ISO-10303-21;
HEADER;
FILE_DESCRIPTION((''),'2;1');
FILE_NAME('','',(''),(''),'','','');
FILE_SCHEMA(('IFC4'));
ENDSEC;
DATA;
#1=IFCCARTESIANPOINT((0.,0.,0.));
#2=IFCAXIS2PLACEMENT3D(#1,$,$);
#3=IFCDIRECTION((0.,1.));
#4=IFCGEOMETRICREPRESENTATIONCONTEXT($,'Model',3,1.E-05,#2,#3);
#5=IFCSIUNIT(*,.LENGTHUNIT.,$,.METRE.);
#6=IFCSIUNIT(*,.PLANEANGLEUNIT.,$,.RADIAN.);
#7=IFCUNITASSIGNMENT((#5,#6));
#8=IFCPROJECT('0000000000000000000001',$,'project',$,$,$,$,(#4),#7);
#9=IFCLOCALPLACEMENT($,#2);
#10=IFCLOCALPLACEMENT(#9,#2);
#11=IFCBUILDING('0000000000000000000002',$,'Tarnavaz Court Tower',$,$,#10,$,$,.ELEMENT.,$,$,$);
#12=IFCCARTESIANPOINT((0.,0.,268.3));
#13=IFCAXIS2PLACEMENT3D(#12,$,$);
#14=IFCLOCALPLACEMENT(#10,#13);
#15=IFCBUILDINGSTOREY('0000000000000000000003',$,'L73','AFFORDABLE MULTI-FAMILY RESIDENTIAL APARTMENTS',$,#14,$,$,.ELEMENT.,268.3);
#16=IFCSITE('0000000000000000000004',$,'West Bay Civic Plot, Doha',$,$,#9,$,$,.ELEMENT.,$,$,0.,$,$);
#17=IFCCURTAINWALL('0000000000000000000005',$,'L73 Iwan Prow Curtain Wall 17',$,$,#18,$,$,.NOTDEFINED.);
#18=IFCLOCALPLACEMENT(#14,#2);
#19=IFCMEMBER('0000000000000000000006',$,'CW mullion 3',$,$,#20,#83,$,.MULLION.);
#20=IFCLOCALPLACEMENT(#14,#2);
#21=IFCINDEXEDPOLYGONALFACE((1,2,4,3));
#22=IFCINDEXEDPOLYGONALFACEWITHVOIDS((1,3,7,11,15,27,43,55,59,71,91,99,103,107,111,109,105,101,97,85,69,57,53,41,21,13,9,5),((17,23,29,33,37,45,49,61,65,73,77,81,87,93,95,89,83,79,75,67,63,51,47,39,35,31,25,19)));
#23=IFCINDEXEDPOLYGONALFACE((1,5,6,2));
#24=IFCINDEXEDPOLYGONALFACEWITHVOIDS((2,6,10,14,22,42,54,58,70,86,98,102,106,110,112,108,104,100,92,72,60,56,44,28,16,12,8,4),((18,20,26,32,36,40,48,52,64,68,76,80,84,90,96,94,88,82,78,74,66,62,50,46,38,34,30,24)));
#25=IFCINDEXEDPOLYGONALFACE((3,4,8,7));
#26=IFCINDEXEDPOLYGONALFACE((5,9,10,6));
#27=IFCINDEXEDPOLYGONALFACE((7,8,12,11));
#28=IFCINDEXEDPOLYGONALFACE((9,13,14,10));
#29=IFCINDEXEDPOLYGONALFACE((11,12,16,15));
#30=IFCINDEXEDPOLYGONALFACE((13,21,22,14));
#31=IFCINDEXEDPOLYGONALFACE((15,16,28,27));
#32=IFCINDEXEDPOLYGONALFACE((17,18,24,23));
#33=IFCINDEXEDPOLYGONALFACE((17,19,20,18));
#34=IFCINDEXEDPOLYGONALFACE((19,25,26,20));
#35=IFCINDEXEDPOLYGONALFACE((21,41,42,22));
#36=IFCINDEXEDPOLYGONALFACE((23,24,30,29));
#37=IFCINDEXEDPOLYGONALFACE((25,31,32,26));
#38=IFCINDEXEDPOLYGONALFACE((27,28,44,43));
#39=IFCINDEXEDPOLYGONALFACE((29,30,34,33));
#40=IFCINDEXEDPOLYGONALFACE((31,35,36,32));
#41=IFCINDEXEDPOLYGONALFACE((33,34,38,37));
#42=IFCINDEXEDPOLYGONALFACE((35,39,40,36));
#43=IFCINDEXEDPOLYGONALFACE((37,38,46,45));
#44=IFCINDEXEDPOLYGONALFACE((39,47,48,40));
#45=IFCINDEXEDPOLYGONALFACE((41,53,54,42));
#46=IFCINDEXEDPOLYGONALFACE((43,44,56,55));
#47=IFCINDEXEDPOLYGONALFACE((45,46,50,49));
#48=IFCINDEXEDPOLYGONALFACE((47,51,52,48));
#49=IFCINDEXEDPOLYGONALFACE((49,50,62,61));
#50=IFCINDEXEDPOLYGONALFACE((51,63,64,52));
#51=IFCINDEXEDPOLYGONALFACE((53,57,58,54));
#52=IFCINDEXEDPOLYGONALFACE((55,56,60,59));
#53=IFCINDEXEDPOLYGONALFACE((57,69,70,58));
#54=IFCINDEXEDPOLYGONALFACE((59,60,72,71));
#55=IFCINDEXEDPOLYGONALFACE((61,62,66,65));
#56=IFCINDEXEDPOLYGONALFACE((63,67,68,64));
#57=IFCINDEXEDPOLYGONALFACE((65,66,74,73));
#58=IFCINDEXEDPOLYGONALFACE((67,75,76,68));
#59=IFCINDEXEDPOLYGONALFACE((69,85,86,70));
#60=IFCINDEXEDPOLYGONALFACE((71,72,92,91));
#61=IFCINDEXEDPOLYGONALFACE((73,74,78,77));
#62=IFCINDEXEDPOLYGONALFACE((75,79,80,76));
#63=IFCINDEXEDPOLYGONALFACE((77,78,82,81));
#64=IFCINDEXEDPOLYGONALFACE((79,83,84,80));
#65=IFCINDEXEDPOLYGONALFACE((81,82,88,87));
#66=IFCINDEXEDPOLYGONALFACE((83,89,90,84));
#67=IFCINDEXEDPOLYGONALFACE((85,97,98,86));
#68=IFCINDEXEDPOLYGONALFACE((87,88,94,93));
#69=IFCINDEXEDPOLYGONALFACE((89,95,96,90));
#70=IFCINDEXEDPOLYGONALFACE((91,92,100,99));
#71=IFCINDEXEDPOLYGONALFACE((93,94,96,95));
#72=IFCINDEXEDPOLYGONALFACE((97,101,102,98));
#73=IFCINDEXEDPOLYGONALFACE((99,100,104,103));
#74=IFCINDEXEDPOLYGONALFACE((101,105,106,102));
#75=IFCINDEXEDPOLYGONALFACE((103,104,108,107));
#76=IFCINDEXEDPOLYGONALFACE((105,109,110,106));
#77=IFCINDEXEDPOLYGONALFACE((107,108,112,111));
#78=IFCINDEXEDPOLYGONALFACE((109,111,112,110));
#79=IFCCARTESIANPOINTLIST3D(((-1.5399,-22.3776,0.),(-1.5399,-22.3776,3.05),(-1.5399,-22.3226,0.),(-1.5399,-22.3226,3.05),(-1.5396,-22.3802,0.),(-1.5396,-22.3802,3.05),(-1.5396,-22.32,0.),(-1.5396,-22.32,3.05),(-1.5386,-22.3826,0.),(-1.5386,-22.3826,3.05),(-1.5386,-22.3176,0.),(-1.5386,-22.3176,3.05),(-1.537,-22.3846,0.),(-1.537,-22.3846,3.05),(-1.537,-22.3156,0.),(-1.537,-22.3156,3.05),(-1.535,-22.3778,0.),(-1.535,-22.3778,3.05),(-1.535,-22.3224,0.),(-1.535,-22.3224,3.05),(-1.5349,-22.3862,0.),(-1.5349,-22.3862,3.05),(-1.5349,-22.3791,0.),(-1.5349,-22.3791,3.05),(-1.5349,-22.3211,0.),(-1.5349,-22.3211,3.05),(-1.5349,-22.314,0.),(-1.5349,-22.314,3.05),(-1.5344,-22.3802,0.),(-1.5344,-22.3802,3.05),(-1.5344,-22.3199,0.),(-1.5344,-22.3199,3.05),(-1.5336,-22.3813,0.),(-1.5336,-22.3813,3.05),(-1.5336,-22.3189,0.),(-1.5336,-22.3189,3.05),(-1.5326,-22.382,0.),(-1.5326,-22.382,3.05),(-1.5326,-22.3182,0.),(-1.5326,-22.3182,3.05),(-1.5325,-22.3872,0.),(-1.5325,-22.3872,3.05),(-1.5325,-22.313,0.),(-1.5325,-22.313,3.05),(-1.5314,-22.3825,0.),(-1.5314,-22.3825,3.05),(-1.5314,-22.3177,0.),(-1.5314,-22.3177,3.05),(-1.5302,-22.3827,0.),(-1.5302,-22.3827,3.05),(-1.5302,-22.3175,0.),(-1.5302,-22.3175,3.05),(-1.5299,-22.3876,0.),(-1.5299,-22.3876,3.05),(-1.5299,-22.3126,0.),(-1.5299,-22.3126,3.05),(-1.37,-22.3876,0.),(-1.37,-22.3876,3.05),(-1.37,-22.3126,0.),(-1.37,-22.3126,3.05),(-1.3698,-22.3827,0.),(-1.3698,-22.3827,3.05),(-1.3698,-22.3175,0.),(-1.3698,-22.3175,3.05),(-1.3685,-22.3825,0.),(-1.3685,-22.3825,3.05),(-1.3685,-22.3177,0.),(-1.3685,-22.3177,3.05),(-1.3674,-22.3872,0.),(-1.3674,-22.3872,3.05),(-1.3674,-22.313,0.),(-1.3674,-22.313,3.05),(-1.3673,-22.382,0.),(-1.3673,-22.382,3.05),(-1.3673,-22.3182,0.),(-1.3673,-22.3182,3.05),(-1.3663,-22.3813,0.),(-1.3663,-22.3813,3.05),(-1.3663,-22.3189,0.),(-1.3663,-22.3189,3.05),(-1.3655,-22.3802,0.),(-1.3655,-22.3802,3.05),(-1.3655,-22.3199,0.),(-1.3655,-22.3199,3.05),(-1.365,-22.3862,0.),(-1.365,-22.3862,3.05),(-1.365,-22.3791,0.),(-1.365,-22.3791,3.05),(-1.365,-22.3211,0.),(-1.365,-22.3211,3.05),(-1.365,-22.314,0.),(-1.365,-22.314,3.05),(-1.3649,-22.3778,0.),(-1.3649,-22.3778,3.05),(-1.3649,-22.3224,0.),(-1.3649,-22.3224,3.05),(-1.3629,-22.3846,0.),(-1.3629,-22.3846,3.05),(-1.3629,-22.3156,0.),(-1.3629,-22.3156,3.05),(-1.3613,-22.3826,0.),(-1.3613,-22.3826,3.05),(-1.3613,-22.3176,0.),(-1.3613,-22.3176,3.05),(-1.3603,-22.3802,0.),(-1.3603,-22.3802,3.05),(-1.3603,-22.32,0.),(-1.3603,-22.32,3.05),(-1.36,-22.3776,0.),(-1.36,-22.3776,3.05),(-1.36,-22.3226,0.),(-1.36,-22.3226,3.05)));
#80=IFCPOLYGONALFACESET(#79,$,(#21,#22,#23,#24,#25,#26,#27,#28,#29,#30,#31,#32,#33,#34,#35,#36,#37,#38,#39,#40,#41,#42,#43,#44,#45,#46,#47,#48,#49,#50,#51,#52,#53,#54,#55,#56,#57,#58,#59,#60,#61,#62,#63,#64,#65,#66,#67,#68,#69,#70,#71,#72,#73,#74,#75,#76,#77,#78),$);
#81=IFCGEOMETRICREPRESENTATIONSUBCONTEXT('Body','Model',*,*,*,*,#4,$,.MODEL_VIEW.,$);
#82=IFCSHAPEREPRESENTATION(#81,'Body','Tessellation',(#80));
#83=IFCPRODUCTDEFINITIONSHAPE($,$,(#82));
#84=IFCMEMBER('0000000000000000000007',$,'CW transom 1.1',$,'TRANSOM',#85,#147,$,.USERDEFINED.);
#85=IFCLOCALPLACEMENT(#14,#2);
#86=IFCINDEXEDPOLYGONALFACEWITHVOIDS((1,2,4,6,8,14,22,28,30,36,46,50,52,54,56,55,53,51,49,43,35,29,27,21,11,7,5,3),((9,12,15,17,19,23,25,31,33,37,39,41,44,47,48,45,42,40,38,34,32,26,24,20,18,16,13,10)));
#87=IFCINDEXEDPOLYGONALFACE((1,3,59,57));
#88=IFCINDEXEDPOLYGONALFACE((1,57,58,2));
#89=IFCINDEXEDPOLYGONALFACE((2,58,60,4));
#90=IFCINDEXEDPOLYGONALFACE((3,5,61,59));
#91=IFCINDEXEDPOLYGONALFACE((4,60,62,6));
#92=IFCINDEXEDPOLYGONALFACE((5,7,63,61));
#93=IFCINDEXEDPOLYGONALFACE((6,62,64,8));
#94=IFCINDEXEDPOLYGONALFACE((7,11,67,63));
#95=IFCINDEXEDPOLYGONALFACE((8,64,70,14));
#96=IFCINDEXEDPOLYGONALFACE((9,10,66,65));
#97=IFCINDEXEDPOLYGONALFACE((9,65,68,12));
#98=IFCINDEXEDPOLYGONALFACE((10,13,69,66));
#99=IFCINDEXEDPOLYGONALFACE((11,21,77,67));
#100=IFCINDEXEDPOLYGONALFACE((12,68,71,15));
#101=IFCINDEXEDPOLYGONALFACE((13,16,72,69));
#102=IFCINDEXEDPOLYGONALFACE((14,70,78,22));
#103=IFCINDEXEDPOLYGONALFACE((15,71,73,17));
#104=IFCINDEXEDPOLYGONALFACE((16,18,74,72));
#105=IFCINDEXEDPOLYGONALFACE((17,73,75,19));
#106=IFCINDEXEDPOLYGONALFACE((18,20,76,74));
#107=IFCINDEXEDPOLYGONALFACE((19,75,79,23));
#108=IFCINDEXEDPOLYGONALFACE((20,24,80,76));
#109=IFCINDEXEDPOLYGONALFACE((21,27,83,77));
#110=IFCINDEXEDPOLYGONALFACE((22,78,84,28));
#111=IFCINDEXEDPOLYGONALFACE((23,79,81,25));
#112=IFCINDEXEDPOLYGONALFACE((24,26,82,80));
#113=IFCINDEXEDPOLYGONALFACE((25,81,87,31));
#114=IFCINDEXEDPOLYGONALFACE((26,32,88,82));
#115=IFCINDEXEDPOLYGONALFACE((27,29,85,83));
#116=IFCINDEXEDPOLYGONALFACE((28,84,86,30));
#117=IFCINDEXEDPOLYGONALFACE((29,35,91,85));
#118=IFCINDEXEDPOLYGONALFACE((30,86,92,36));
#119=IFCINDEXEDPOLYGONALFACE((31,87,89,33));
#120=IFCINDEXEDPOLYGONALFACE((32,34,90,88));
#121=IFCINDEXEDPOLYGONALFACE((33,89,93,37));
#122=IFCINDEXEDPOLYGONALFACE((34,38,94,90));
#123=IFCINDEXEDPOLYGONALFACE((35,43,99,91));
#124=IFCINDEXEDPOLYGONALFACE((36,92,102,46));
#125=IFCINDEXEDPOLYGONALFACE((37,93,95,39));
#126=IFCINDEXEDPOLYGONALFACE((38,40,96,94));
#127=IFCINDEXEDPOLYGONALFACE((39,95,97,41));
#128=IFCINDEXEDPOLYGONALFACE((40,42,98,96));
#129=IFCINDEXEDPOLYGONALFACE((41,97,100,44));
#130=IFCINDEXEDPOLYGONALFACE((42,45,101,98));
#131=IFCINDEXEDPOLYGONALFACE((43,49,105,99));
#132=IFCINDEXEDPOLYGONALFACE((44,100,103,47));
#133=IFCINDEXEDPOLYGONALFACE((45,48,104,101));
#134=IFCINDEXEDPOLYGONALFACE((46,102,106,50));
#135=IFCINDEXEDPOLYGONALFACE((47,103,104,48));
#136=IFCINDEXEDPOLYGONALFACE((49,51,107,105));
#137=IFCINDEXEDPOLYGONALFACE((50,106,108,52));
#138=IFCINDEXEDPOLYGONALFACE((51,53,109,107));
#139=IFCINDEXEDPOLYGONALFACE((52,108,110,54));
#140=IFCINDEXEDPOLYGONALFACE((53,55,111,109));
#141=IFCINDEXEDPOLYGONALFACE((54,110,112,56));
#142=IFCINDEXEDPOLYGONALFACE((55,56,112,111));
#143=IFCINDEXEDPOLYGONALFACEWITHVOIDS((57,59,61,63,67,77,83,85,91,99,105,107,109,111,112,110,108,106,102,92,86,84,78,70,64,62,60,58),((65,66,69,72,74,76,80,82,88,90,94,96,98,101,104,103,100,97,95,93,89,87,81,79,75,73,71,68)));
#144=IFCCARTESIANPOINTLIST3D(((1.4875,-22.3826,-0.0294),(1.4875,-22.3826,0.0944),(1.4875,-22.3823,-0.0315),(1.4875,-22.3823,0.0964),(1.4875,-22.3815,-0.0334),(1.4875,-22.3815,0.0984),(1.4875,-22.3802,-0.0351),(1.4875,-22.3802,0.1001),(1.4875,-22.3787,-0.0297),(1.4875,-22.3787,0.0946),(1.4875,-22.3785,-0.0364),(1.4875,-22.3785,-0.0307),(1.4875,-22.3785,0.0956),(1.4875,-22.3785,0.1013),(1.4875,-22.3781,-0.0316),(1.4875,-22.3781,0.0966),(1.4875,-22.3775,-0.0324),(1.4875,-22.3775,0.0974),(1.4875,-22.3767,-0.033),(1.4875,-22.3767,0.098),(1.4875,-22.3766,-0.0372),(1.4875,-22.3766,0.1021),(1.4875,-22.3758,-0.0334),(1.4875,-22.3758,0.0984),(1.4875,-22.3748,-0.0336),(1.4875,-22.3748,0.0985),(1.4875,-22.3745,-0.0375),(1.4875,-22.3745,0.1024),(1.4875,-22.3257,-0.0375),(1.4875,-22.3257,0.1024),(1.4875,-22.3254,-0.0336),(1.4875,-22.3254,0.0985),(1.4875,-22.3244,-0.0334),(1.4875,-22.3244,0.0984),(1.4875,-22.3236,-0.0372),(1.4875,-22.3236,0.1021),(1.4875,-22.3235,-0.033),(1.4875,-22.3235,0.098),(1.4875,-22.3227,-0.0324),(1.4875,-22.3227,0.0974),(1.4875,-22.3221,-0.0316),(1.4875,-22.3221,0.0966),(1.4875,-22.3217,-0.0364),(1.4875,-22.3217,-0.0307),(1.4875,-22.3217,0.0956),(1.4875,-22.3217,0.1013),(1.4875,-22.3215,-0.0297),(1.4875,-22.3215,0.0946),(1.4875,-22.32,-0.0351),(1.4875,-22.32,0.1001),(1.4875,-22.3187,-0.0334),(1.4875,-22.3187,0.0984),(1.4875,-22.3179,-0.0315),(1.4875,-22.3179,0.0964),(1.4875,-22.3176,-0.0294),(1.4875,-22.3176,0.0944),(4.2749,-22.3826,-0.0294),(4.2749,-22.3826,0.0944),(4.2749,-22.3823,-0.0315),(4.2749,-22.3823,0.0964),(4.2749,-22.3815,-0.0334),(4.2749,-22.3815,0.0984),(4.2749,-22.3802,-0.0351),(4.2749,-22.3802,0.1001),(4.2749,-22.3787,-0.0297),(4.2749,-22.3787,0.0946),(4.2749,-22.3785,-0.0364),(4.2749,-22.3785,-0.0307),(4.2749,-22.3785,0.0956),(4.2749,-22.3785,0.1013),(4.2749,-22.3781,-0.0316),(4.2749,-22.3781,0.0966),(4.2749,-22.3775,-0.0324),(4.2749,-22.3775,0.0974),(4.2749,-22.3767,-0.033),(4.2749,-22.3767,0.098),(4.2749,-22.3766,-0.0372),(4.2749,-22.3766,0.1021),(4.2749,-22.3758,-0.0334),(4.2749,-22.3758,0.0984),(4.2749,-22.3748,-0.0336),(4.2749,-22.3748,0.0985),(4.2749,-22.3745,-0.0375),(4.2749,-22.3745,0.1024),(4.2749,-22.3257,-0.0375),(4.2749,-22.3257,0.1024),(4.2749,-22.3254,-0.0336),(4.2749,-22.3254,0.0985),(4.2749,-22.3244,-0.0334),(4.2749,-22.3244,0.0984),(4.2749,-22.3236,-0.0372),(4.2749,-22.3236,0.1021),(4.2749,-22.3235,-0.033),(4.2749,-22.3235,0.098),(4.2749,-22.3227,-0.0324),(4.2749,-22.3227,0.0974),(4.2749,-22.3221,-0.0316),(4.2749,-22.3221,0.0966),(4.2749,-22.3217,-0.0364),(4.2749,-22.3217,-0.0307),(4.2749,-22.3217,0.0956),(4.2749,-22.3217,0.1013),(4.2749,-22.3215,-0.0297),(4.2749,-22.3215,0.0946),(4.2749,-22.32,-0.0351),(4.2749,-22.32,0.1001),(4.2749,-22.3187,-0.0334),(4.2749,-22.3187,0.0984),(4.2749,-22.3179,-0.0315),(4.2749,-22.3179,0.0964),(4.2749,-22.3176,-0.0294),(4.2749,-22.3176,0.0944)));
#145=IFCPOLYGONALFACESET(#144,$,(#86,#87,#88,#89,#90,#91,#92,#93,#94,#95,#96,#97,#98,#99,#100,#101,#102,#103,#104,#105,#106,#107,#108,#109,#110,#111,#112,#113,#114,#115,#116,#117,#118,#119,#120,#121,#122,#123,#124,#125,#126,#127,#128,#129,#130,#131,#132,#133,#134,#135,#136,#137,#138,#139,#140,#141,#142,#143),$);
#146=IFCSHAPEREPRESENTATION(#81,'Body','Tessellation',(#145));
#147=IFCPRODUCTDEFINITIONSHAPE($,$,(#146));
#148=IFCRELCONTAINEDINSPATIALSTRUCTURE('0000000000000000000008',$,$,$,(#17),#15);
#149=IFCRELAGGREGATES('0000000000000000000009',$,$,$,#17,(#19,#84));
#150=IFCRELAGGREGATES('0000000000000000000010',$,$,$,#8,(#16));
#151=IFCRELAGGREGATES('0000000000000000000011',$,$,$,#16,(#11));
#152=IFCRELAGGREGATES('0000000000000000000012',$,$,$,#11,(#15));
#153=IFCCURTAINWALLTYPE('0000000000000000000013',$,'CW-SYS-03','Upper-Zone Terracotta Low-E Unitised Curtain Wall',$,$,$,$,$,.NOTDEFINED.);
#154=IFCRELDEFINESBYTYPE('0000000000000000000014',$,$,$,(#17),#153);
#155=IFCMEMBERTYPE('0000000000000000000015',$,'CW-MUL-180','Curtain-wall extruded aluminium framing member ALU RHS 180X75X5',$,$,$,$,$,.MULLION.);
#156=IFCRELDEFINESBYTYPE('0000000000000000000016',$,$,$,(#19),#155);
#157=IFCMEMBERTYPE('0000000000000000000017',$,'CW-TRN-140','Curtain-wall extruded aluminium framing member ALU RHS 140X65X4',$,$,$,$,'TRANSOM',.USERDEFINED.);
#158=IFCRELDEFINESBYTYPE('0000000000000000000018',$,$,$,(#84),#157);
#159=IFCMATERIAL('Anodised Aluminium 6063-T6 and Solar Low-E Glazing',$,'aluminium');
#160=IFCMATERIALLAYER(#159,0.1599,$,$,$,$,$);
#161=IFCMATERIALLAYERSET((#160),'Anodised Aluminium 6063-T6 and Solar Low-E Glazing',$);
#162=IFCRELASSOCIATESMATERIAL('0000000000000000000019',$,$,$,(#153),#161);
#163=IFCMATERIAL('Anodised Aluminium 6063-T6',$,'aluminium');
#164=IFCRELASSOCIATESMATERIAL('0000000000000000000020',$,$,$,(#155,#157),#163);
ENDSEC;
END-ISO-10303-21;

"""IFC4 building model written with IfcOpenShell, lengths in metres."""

from ifc_helpers import new_model, si_unit, direction, frame, origin, origin_2d, place, context, subcontext, project, spatial, hollow_rectangle, extrude, material, layer, layer_set, material_profile, profile_set, type_object, element, aggregate, save


model = new_model("IFC4")

# Units and contexts
model_context = context("Model", 3, precision=1e-05, world=origin(), true_north=direction((0.0, 1.0)))
body_context = subcontext(model_context, "Body", "Model", "MODEL_VIEW")
ifc_project = project(units=[si_unit("LENGTHUNIT", "METRE"), si_unit("PLANEANGLEUNIT", "RADIAN")], contexts=[model_context])

# Site, building, storey
site_placement = place(None, origin())
site = spatial("IfcSite", under=ifc_project, at=site_placement, Name="West Bay Civic Plot, Doha", CompositionType="ELEMENT", RefElevation=0.0)
building_placement = place(site_placement, origin())
building = spatial("IfcBuilding", under=site, at=building_placement, Name="Tarnavaz Court Tower", CompositionType="ELEMENT")
storey_placement = place(building_placement, frame((0.0, 0.0, 268.3)))
storey = spatial("IfcBuildingStorey", under=building, at=storey_placement, Name="L73", Description="AFFORDABLE MULTI-FAMILY RESIDENTIAL APARTMENTS", CompositionType="ELEMENT", Elevation=268.3)

# Curtain wall, members
ifc_material_1 = material(Name="Anodised Aluminium 6063-T6 and Solar Low-E Glazing", Category="aluminium")
ifc_layer_1 = layer(ifc_material_1, 0.1599)
ifc_layer_set_1 = layer_set([ifc_layer_1], Name="Anodised Aluminium 6063-T6 and Solar Low-E Glazing")
curtain_wall_type = type_object("IfcCurtainWallType", Name="CW-SYS-03", Description="Upper-Zone Terracotta Low-E Unitised Curtain Wall", PredefinedType="NOTDEFINED", material=ifc_layer_set_1)
curtain_wall_placement = place(storey_placement, origin())
curtain_wall = element("IfcCurtainWall", 1, at=curtain_wall_placement, inside=storey, type_object=curtain_wall_type, Name="L73 Iwan Prow Curtain Wall 17", PredefinedType="NOTDEFINED")
ifc_material_2 = material(Name="Anodised Aluminium 6063-T6", Category="aluminium")
ifc_material_profile_1 = material_profile(ifc_material_2, hollow_rectangle(XDim=0.075, YDim=0.1799, WallThickness=0.0049, InnerFilletRadius=0.0049, OuterFilletRadius=0.01, at=origin_2d()), Name="ALU RHS 180X75X5")
ifc_profile_set_1 = profile_set([ifc_material_profile_1], Name="Anodised Aluminium 6063-T6")
member_type_1 = type_object("IfcMemberType", Name="CW-MUL-180", Description="Curtain-wall extruded aluminium framing member ALU RHS 180X75X5", PredefinedType="MULLION", material=ifc_profile_set_1)
member_1_placement = place(storey_placement, frame((-1.45, -22.3501, 0.0), z_axis=(0.0, 0.0, 1.0), x_axis=(0.0, -1.0, 0.0)))
member_1 = element("IfcMember", 2, at=member_1_placement, type_object=member_type_1, Name="CW mullion 3", PredefinedType="MULLION", context=body_context, shape_type="SweptSolid", body=[
    extrude(hollow_rectangle(XDim=0.075, YDim=0.1799, WallThickness=0.0049, InnerFilletRadius=0.0049, OuterFilletRadius=0.01, at=origin_2d()), origin(), (0.0, 0.0, 1.0), 3.05),
])
ifc_material_profile_2 = material_profile(ifc_material_2, hollow_rectangle(XDim=0.0649, YDim=0.1399, WallThickness=0.0039, InnerFilletRadius=0.0039, OuterFilletRadius=0.0081, at=origin_2d()), Name="ALU RHS 140X65X4")
ifc_profile_set_2 = profile_set([ifc_material_profile_2], Name="Anodised Aluminium 6063-T6")
member_type_2 = type_object("IfcMemberType", Name="CW-TRN-140", Description="Curtain-wall extruded aluminium framing member ALU RHS 140X65X4", ElementType="TRANSOM", PredefinedType="USERDEFINED", material=ifc_profile_set_2)
member_2_placement = place(storey_placement, frame((4.2749, -22.3501, 0.0325), z_axis=(-1.0, 0.0, 0.0), x_axis=(0.0, -1.0, 0.0)))
member_2 = element("IfcMember", 3, at=member_2_placement, type_object=member_type_2, Name="CW transom 1.1", ObjectType="TRANSOM", PredefinedType="USERDEFINED", context=body_context, shape_type="SweptSolid", body=[
    extrude(hollow_rectangle(XDim=0.0649, YDim=0.1399, WallThickness=0.0039, InnerFilletRadius=0.0039, OuterFilletRadius=0.0081, at=origin_2d()), origin(), (0.0, 0.0, 1.0), 2.7874),
])
aggregate(curtain_wall, [member_1, member_2])

save(model, "model.ifc")
